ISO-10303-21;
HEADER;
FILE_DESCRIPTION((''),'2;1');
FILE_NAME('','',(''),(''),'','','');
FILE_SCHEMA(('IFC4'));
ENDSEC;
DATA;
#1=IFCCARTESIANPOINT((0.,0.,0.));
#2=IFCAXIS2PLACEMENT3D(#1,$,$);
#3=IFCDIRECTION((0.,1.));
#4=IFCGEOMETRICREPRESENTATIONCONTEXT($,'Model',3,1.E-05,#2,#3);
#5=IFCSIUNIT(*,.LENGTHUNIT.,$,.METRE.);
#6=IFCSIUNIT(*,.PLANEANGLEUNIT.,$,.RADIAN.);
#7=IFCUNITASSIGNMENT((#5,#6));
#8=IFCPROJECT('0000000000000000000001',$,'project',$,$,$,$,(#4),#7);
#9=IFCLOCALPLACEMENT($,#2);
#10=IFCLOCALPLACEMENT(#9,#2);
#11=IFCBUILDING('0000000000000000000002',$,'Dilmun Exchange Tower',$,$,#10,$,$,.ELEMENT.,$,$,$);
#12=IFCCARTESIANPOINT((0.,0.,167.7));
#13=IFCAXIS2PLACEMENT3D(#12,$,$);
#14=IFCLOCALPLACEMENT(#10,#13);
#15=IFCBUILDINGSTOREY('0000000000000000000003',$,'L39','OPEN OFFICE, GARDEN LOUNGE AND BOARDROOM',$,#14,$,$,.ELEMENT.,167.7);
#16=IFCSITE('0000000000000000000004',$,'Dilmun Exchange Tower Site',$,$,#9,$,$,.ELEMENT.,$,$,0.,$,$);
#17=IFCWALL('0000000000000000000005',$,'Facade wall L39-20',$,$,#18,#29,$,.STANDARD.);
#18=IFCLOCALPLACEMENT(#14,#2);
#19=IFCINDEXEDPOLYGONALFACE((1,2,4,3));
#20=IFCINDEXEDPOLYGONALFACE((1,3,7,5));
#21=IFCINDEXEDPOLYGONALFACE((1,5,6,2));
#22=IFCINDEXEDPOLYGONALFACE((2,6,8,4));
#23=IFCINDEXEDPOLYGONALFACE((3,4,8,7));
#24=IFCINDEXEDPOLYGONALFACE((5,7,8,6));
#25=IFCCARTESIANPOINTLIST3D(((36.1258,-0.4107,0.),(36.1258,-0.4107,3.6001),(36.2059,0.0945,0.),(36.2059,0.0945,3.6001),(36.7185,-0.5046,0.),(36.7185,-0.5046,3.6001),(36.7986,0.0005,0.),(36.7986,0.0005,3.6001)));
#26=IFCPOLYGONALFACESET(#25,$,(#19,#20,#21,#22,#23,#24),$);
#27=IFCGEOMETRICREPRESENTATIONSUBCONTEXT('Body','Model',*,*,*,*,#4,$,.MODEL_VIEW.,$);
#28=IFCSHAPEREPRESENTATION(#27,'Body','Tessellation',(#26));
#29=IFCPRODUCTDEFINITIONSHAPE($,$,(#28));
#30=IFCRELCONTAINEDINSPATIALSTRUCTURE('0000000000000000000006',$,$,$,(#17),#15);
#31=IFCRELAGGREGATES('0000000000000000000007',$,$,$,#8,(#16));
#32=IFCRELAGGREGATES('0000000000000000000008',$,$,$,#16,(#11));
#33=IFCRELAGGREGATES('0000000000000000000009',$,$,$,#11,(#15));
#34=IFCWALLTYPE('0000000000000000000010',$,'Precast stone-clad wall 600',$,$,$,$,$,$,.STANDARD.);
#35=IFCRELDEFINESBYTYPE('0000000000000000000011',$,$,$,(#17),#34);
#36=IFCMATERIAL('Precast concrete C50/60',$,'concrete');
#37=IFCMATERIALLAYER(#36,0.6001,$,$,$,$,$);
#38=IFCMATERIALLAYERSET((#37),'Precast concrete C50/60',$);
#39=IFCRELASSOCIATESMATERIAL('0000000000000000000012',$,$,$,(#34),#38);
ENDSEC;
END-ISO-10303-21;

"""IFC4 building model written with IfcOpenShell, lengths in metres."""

from ifc_helpers import new_model, si_unit, direction, frame, frame_2d, origin, place, context, subcontext, project, spatial, rectangle, extrude, material, layer, layer_set, type_object, element, save


model = new_model("IFC4")

# Units and contexts
model_context = context("Model", 3, precision=1e-05, world=origin(), true_north=direction((0.0, 1.0)))
body_context = subcontext(model_context, "Body", "Model", "MODEL_VIEW")
ifc_project = project(units=[si_unit("LENGTHUNIT", "METRE"), si_unit("PLANEANGLEUNIT", "RADIAN")], contexts=[model_context])

# Site, building, storey
site_placement = place(None, origin())
site = spatial("IfcSite", under=ifc_project, at=site_placement, Name="Dilmun Exchange Tower Site", CompositionType="ELEMENT", RefElevation=0.0)
building_placement = place(site_placement, origin())
building = spatial("IfcBuilding", under=site, at=building_placement, Name="Dilmun Exchange Tower", CompositionType="ELEMENT")
storey_placement = place(building_placement, frame((0.0, 0.0, 167.7)))
storey = spatial("IfcBuildingStorey", under=building, at=storey_placement, Name="L39", Description="OPEN OFFICE, GARDEN LOUNGE AND BOARDROOM", CompositionType="ELEMENT", Elevation=167.7)

# Wall
ifc_material_1 = material(Name="Precast concrete C50/60", Category="concrete")
ifc_layer_1 = layer(ifc_material_1, 0.6001)
ifc_layer_set_1 = layer_set([ifc_layer_1], Name="Precast concrete C50/60")
wall_type_1 = type_object("IfcWallType", Name="Precast stone-clad wall 600", PredefinedType="STANDARD", material=ifc_layer_set_1)
wall_1_placement = place(storey_placement, frame((36.4221, -0.4578, 0.0), z_axis=(0.0, 0.0, 1.0), x_axis=(0.156575, 0.987666, 0.0)))
element("IfcWall", 1, at=wall_1_placement, inside=storey, type_object=wall_type_1, Name="Facade wall L39-20", PredefinedType="STANDARD", context=body_context, shape_type="SweptSolid", body=[
    extrude(rectangle(XDim=0.5115, YDim=0.6001, at=frame_2d((0.2559, 0.0))), origin(), (0.0, 0.0, 1.0), 3.6001),
])

save(model, "model.ifc")
